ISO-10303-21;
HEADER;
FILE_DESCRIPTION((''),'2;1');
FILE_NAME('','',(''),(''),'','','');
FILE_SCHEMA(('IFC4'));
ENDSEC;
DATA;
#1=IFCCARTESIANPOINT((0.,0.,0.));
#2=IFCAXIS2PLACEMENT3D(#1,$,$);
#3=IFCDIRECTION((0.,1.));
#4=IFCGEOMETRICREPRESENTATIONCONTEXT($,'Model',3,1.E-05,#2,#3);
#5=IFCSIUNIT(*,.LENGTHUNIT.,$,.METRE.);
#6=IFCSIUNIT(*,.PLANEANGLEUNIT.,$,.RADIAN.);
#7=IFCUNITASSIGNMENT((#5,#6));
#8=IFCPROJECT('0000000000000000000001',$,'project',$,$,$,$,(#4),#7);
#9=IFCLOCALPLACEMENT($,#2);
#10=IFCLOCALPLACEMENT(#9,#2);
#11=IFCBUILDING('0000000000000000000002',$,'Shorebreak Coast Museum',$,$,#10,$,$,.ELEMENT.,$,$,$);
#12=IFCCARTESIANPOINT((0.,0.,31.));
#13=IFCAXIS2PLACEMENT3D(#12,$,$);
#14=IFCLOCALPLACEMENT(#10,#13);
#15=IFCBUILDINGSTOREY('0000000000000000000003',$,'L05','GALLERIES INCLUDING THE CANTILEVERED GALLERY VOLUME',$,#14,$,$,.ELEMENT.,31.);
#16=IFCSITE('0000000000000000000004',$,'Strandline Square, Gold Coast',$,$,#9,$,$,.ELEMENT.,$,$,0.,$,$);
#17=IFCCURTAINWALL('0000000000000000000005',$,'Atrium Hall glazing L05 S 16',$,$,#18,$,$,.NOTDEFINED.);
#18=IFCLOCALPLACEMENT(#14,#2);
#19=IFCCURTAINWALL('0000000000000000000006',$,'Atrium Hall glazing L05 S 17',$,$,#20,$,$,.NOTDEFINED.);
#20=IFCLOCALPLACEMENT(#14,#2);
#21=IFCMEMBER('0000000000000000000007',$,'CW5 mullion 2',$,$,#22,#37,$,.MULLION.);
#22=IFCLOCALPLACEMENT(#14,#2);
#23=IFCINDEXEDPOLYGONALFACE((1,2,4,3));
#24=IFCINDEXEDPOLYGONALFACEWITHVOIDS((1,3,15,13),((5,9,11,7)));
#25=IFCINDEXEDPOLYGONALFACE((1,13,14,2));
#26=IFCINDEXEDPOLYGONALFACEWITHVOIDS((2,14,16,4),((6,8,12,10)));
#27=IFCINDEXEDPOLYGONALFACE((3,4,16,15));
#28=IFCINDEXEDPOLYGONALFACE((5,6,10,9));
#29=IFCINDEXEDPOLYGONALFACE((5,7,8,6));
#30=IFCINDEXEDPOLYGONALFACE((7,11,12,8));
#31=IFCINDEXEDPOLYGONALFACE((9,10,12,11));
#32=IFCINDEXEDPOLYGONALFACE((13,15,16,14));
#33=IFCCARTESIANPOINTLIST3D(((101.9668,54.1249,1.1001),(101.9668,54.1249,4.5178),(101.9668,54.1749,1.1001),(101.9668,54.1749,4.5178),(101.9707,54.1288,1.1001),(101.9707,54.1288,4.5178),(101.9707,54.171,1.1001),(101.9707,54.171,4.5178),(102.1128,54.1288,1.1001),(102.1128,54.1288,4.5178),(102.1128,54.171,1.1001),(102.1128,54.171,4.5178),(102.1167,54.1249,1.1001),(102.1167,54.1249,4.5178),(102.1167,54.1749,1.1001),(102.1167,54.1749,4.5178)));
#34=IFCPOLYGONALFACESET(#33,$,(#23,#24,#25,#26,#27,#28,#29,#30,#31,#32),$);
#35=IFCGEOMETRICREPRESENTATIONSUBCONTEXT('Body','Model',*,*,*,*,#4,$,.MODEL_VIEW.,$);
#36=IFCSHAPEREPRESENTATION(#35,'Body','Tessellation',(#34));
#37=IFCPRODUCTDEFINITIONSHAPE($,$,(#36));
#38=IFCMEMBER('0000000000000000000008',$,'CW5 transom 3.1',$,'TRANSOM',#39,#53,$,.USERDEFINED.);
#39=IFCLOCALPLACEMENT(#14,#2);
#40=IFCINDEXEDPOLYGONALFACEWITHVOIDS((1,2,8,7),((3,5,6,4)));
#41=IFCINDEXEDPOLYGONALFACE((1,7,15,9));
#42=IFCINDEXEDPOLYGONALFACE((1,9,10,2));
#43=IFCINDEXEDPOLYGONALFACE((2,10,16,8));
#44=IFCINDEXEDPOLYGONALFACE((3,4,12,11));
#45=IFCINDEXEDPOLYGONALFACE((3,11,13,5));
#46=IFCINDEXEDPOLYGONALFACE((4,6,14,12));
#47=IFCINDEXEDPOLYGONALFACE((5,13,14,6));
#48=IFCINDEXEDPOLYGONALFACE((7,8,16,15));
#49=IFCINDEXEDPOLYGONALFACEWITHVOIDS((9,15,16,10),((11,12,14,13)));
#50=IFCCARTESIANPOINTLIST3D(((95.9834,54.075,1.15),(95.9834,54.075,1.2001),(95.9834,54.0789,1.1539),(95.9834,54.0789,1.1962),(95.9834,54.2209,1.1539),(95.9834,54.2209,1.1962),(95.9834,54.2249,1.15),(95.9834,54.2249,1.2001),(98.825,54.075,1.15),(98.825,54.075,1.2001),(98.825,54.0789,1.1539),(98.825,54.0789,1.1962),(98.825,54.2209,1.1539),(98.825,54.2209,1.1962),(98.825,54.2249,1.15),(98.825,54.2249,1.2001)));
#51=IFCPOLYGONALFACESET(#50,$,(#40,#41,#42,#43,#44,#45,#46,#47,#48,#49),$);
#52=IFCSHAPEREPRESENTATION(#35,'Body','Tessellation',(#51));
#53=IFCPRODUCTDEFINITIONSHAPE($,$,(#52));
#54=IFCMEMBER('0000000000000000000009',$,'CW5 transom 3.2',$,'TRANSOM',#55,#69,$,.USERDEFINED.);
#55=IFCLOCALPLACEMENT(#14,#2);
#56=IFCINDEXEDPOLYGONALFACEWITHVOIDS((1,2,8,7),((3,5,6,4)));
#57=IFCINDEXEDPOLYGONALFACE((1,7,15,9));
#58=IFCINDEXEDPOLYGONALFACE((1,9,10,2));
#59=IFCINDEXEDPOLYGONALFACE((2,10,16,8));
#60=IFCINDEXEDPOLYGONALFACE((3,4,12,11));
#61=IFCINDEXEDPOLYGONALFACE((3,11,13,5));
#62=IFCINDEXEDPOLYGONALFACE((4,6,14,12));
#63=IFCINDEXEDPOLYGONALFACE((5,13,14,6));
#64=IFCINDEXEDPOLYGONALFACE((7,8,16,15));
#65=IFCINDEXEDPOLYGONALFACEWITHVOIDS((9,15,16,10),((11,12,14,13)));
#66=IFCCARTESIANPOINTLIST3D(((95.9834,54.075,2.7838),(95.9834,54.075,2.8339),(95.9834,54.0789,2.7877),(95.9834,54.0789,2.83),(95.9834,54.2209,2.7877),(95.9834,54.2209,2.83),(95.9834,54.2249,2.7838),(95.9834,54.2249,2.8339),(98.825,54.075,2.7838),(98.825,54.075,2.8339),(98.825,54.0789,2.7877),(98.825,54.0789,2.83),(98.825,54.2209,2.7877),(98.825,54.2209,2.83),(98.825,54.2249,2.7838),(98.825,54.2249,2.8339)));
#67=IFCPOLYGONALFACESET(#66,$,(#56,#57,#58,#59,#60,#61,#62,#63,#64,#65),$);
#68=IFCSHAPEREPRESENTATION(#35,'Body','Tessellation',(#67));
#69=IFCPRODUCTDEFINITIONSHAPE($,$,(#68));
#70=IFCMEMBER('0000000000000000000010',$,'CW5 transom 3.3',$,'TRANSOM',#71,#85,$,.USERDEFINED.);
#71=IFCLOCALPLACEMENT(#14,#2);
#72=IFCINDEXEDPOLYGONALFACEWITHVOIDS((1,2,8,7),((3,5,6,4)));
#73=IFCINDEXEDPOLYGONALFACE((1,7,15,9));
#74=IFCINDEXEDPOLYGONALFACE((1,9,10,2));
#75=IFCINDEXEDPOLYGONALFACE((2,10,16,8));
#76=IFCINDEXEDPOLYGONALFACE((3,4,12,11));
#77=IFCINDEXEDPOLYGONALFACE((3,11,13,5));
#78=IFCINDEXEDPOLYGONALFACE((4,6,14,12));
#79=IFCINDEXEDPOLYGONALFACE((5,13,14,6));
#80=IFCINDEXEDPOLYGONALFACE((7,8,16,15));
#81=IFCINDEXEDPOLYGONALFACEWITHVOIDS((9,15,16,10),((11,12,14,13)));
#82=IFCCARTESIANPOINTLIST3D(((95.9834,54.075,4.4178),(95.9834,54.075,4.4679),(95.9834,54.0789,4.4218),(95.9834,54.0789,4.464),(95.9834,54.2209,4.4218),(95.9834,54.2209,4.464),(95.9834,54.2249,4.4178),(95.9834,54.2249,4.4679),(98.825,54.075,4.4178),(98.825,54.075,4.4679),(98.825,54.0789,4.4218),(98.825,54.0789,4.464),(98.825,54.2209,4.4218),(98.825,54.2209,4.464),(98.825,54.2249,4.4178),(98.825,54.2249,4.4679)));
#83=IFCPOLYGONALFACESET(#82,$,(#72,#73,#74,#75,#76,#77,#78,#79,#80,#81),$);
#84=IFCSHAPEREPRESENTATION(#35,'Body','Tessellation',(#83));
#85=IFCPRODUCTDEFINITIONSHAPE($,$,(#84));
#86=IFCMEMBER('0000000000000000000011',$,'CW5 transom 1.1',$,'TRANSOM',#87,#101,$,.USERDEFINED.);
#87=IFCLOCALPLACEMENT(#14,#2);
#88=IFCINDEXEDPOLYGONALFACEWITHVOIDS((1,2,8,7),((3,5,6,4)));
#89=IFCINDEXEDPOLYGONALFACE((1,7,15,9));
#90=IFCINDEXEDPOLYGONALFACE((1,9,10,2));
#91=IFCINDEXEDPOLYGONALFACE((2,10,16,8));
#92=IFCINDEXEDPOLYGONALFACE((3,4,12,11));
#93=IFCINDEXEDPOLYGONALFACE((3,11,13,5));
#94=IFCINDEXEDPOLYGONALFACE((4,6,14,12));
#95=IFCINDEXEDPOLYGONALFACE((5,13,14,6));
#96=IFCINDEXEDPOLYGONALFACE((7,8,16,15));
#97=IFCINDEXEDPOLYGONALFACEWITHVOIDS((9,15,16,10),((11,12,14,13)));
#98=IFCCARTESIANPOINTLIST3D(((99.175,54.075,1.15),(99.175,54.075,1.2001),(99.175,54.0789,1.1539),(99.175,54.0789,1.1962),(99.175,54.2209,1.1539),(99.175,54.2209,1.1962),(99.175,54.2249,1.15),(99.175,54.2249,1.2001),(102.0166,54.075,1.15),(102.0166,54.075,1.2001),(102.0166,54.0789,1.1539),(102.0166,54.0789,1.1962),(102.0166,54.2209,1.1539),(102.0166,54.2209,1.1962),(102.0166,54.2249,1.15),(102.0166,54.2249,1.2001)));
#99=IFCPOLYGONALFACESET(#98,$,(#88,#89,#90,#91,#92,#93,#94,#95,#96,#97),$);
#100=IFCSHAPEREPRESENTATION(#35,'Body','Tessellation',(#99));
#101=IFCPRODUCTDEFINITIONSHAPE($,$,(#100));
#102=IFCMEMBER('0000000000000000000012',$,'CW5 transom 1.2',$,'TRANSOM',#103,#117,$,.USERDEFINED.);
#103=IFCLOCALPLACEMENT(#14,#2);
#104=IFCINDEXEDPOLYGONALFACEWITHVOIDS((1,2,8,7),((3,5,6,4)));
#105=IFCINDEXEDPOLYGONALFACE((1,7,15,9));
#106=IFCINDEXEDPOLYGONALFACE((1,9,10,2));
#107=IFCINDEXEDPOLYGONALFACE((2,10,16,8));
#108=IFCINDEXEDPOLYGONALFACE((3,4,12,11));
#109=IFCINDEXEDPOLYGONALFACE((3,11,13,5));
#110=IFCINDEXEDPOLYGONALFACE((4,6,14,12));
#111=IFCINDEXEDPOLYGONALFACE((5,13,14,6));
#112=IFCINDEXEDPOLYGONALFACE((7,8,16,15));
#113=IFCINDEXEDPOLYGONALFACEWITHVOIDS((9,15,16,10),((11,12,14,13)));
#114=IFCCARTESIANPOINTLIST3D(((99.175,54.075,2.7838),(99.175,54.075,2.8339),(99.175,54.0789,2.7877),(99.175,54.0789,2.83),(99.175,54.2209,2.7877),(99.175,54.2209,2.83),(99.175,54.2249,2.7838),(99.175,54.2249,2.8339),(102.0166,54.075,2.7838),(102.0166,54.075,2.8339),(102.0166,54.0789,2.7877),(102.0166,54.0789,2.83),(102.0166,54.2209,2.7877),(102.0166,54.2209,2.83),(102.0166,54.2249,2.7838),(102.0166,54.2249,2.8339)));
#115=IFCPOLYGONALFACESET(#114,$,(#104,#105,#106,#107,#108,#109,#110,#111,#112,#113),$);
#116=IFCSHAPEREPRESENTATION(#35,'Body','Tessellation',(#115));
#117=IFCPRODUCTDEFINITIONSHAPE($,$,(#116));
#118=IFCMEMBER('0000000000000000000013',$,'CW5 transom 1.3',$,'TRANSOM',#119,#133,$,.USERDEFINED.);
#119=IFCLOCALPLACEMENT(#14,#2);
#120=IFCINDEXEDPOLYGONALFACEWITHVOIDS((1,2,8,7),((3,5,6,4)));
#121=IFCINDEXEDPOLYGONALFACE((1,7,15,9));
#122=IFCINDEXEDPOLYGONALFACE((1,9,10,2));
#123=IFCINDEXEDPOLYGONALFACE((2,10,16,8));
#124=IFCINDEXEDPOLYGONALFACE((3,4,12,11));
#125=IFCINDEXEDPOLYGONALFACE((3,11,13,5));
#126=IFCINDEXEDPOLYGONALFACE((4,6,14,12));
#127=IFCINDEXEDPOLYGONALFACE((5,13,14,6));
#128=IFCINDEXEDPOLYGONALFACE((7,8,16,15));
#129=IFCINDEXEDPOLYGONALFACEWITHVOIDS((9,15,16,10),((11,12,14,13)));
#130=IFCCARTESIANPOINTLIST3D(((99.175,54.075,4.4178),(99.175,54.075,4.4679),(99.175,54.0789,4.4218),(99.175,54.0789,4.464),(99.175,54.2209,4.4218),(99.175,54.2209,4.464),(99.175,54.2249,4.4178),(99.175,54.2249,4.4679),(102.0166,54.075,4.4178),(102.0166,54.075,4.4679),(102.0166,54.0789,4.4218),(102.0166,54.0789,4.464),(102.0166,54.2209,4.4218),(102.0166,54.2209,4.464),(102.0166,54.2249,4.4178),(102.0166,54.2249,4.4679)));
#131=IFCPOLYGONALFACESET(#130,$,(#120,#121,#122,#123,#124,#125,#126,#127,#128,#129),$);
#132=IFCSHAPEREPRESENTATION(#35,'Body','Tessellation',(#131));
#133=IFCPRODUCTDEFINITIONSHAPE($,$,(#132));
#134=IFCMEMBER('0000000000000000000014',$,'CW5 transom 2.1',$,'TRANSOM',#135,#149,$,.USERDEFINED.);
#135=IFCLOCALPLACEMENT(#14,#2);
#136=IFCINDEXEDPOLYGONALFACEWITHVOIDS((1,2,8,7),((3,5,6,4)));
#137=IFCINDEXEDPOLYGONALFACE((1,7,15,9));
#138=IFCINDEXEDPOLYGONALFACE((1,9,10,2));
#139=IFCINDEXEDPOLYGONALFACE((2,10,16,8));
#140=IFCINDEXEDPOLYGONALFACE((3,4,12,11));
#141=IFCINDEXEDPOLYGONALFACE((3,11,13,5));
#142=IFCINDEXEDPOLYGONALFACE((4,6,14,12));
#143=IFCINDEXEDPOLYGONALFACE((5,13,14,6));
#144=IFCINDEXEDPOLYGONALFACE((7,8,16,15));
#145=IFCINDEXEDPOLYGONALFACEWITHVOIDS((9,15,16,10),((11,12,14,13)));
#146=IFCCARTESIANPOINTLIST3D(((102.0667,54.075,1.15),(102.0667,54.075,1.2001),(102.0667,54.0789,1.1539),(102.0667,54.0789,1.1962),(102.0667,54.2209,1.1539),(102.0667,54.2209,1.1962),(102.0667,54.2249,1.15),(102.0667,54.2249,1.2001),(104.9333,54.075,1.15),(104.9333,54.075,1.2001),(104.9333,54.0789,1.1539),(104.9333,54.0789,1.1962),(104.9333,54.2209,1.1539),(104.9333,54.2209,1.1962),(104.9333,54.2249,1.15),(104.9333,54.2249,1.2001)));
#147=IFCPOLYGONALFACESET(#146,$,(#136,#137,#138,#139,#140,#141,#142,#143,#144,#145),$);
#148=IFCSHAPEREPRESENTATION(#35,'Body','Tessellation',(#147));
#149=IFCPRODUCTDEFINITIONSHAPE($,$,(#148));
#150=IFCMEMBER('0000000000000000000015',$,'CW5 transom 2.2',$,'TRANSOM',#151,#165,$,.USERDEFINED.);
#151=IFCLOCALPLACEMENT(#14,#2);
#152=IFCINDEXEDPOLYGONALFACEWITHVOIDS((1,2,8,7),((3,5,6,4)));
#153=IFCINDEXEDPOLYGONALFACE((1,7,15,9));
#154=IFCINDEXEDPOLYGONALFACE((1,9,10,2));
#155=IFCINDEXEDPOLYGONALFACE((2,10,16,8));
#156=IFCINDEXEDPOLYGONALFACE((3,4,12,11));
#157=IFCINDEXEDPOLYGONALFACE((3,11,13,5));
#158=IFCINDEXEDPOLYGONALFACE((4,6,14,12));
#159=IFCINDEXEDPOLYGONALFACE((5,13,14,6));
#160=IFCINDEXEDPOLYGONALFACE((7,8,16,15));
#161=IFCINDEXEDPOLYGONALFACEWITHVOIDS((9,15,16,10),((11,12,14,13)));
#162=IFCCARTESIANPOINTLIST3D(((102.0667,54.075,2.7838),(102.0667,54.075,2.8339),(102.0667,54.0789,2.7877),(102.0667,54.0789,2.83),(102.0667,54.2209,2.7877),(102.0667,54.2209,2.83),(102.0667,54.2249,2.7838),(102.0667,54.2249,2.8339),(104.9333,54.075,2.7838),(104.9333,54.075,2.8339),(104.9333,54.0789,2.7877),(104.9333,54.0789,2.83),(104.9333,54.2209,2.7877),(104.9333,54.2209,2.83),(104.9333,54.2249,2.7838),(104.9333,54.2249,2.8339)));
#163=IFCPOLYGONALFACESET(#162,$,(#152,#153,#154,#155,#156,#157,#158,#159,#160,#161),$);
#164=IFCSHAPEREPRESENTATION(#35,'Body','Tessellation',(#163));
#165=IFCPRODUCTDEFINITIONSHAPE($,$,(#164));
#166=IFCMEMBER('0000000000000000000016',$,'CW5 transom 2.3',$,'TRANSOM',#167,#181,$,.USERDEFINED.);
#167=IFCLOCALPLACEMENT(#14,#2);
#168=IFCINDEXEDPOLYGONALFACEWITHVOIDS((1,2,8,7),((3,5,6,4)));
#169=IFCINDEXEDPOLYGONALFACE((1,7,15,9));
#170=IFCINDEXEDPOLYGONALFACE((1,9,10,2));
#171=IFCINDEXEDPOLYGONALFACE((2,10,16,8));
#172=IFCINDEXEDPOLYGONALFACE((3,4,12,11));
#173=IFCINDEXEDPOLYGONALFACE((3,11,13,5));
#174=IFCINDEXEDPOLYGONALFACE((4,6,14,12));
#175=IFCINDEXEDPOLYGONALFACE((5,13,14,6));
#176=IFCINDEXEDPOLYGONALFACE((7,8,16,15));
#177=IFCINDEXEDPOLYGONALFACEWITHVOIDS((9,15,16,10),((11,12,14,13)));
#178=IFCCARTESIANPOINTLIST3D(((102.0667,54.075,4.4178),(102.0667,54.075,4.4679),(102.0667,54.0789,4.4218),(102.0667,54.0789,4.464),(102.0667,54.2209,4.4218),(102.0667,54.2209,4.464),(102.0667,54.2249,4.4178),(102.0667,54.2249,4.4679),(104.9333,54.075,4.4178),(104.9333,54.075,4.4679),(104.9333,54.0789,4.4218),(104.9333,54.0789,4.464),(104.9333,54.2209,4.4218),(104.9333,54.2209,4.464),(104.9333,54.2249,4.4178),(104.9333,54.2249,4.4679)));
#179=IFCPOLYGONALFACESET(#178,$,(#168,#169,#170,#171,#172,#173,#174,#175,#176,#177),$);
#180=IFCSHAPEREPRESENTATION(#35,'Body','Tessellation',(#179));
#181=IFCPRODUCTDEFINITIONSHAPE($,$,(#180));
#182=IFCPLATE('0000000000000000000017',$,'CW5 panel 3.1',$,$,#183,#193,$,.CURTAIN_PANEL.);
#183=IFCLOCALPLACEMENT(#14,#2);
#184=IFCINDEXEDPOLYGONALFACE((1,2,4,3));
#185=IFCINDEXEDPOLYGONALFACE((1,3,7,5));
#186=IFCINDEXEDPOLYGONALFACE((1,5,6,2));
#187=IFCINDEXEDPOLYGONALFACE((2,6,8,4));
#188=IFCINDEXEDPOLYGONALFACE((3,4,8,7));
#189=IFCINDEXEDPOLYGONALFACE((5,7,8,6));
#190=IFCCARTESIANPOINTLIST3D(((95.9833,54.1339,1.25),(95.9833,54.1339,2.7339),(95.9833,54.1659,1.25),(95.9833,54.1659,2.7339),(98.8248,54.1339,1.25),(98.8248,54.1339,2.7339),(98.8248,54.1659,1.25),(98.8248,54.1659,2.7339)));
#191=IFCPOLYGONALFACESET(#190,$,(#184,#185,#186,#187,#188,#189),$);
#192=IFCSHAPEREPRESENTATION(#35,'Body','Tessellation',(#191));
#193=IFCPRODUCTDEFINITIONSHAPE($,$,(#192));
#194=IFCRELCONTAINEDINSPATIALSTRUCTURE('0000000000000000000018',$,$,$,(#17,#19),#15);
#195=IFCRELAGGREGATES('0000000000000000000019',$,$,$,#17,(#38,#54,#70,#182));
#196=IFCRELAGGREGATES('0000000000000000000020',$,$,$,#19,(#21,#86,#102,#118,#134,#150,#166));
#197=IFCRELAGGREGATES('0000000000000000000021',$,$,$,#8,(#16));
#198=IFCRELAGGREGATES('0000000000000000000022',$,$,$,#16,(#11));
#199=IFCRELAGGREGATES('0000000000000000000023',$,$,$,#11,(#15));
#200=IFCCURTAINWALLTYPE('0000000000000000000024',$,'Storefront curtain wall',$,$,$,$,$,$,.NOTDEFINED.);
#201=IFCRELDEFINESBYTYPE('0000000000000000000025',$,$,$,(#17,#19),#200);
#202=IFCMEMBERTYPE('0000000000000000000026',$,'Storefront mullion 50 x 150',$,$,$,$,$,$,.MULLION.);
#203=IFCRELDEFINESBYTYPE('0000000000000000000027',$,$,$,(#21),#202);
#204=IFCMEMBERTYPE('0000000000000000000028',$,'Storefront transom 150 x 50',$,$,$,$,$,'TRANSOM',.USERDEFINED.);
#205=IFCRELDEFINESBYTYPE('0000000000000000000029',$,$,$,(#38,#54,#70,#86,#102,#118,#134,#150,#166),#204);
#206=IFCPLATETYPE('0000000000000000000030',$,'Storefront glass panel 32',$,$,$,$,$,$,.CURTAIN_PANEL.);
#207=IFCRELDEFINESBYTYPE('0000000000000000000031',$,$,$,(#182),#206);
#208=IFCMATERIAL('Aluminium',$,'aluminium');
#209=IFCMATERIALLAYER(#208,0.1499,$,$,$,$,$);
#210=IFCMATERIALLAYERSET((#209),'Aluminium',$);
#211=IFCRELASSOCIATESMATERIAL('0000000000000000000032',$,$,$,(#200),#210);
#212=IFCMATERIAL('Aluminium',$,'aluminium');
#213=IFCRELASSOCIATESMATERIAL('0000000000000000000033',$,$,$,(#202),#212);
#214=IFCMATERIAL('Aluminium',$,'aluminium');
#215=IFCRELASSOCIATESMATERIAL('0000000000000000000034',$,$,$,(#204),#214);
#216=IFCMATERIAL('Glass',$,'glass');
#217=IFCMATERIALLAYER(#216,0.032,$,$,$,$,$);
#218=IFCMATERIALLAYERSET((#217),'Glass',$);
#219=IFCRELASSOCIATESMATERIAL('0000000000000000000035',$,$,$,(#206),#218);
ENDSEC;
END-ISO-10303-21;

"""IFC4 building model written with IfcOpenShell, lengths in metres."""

from ifc_helpers import new_model, si_unit, direction, frame, origin, origin_2d, place, context, subcontext, project, spatial, rectangle, hollow_rectangle, extrude, material, layer, layer_set, material_profile, profile_set, type_object, element, aggregate, save


model = new_model("IFC4")

# Units and contexts
model_context = context("Model", 3, precision=1e-05, world=origin(), true_north=direction((0.0, 1.0)))
body_context = subcontext(model_context, "Body", "Model", "MODEL_VIEW")
ifc_project = project(units=[si_unit("LENGTHUNIT", "METRE"), si_unit("PLANEANGLEUNIT", "RADIAN")], contexts=[model_context])

# Site, building, storey
site_placement = place(None, origin())
site = spatial("IfcSite", under=ifc_project, at=site_placement, Name="Strandline Square, Gold Coast", CompositionType="ELEMENT", RefElevation=0.0)
building_placement = place(site_placement, origin())
building = spatial("IfcBuilding", under=site, at=building_placement, Name="Shorebreak Coast Museum", CompositionType="ELEMENT")
storey_placement = place(building_placement, frame((0.0, 0.0, 31.0)))
storey = spatial("IfcBuildingStorey", under=building, at=storey_placement, Name="L05", Description="GALLERIES INCLUDING THE CANTILEVERED GALLERY VOLUME", CompositionType="ELEMENT", Elevation=31.0)

# Curtain walls, member
ifc_material_1 = material(Name="Aluminium", Category="aluminium")
ifc_layer_1 = layer(ifc_material_1, 0.1499)
ifc_layer_set_1 = layer_set([ifc_layer_1], Name="Aluminium")
curtain_wall_type_1 = type_object("IfcCurtainWallType", Name="Storefront curtain wall", PredefinedType="NOTDEFINED", material=ifc_layer_set_1)
curtain_wall_1_placement = place(storey_placement, origin())
curtain_wall_1 = element("IfcCurtainWall", 1, at=curtain_wall_1_placement, inside=storey, type_object=curtain_wall_type_1, Name="Atrium Hall glazing L05 S 16", PredefinedType="NOTDEFINED")
ifc_material_2 = material(Name="Aluminium", Category="aluminium")
ifc_material_profile_1 = material_profile(ifc_material_2, hollow_rectangle(XDim=0.05, YDim=0.1499, WallThickness=0.0039, at=origin_2d()), Name="AL 150x50 RHS")
ifc_profile_set_1 = profile_set([ifc_material_profile_1], Name="Aluminium")
member_type_1 = type_object("IfcMemberType", Name="Storefront mullion 50 x 150", PredefinedType="MULLION", material=ifc_profile_set_1)
curtain_wall_2_placement = place(storey_placement, origin())
curtain_wall_2 = element("IfcCurtainWall", 2, at=curtain_wall_2_placement, inside=storey, type_object=curtain_wall_type_1, Name="Atrium Hall glazing L05 S 17", PredefinedType="NOTDEFINED")
member_1_placement = place(storey_placement, frame((102.0417, 54.1499, 1.1001), z_axis=(0.0, 0.0, 1.0), x_axis=(0.0, 1.0, 0.0)))
member_1 = element("IfcMember", 3, at=member_1_placement, type_object=member_type_1, Name="CW5 mullion 2", PredefinedType="MULLION", context=body_context, shape_type="SweptSolid", body=[
    extrude(hollow_rectangle(XDim=0.05, YDim=0.1499, WallThickness=0.0039, at=origin_2d()), origin(), (0.0, 0.0, 1.0), 3.4177),
])

# Members
ifc_material_3 = material(Name="Aluminium", Category="aluminium")
ifc_material_profile_2 = material_profile(ifc_material_3, hollow_rectangle(XDim=0.1499, YDim=0.05, WallThickness=0.0039, at=origin_2d()), Name="AL 50x150 RHS")
ifc_profile_set_2 = profile_set([ifc_material_profile_2], Name="Aluminium")
member_type_2 = type_object("IfcMemberType", Name="Storefront transom 150 x 50", ElementType="TRANSOM", PredefinedType="USERDEFINED", material=ifc_profile_set_2)
member_2_placement = place(storey_placement, frame((95.9834, 54.1499, 1.175), z_axis=(1.0, 0.0, 0.0), x_axis=(0.0, 1.0, 0.0)))
member_2 = element("IfcMember", 4, at=member_2_placement, type_object=member_type_2, Name="CW5 transom 3.1", ObjectType="TRANSOM", PredefinedType="USERDEFINED", context=body_context, shape_type="SweptSolid", body=[
    extrude(hollow_rectangle(XDim=0.1499, YDim=0.05, WallThickness=0.0039, at=origin_2d()), origin(), (0.0, 0.0, 1.0), 2.8416),
])
member_3_placement = place(storey_placement, frame((95.9834, 54.1499, 2.8088), z_axis=(1.0, 0.0, 0.0), x_axis=(0.0, 1.0, 0.0)))
member_3 = element("IfcMember", 5, at=member_3_placement, type_object=member_type_2, Name="CW5 transom 3.2", ObjectType="TRANSOM", PredefinedType="USERDEFINED", context=body_context, shape_type="SweptSolid", body=[
    extrude(hollow_rectangle(XDim=0.1499, YDim=0.05, WallThickness=0.0039, at=origin_2d()), origin(), (0.0, 0.0, 1.0), 2.8416),
])
member_4_placement = place(storey_placement, frame((95.9834, 54.1499, 4.4429), z_axis=(1.0, 0.0, 0.0), x_axis=(0.0, 1.0, 0.0)))
member_4 = element("IfcMember", 6, at=member_4_placement, type_object=member_type_2, Name="CW5 transom 3.3", ObjectType="TRANSOM", PredefinedType="USERDEFINED", context=body_context, shape_type="SweptSolid", body=[
    extrude(hollow_rectangle(XDim=0.1499, YDim=0.05, WallThickness=0.0039, at=origin_2d()), origin(), (0.0, 0.0, 1.0), 2.8416),
])
member_5_placement = place(storey_placement, frame((99.175, 54.1499, 1.175), z_axis=(1.0, 0.0, 0.0), x_axis=(0.0, 1.0, 0.0)))
member_5 = element("IfcMember", 7, at=member_5_placement, type_object=member_type_2, Name="CW5 transom 1.1", ObjectType="TRANSOM", PredefinedType="USERDEFINED", context=body_context, shape_type="SweptSolid", body=[
    extrude(hollow_rectangle(XDim=0.1499, YDim=0.05, WallThickness=0.0039, at=origin_2d()), origin(), (0.0, 0.0, 1.0), 2.8416),
])
member_6_placement = place(storey_placement, frame((99.175, 54.1499, 2.8088), z_axis=(1.0, 0.0, 0.0), x_axis=(0.0, 1.0, 0.0)))
member_6 = element("IfcMember", 8, at=member_6_placement, type_object=member_type_2, Name="CW5 transom 1.2", ObjectType="TRANSOM", PredefinedType="USERDEFINED", context=body_context, shape_type="SweptSolid", body=[
    extrude(hollow_rectangle(XDim=0.1499, YDim=0.05, WallThickness=0.0039, at=origin_2d()), origin(), (0.0, 0.0, 1.0), 2.8416),
])
member_7_placement = place(storey_placement, frame((99.175, 54.1499, 4.4429), z_axis=(1.0, 0.0, 0.0), x_axis=(0.0, 1.0, 0.0)))
member_7 = element("IfcMember", 9, at=member_7_placement, type_object=member_type_2, Name="CW5 transom 1.3", ObjectType="TRANSOM", PredefinedType="USERDEFINED", context=body_context, shape_type="SweptSolid", body=[
    extrude(hollow_rectangle(XDim=0.1499, YDim=0.05, WallThickness=0.0039, at=origin_2d()), origin(), (0.0, 0.0, 1.0), 2.8416),
])
member_8_placement = place(storey_placement, frame((102.0667, 54.1499, 1.175), z_axis=(1.0, 0.0, 0.0), x_axis=(0.0, 1.0, 0.0)))
member_8 = element("IfcMember", 10, at=member_8_placement, type_object=member_type_2, Name="CW5 transom 2.1", ObjectType="TRANSOM", PredefinedType="USERDEFINED", context=body_context, shape_type="SweptSolid", body=[
    extrude(hollow_rectangle(XDim=0.1499, YDim=0.05, WallThickness=0.0039, at=origin_2d()), origin(), (0.0, 0.0, 1.0), 2.8667),
])
member_9_placement = place(storey_placement, frame((102.0667, 54.1499, 2.8088), z_axis=(1.0, 0.0, 0.0), x_axis=(0.0, 1.0, 0.0)))
member_9 = element("IfcMember", 11, at=member_9_placement, type_object=member_type_2, Name="CW5 transom 2.2", ObjectType="TRANSOM", PredefinedType="USERDEFINED", context=body_context, shape_type="SweptSolid", body=[
    extrude(hollow_rectangle(XDim=0.1499, YDim=0.05, WallThickness=0.0039, at=origin_2d()), origin(), (0.0, 0.0, 1.0), 2.8667),
])
member_10_placement = place(storey_placement, frame((102.0667, 54.1499, 4.4429), z_axis=(1.0, 0.0, 0.0), x_axis=(0.0, 1.0, 0.0)))
member_10 = element("IfcMember", 12, at=member_10_placement, type_object=member_type_2, Name="CW5 transom 2.3", ObjectType="TRANSOM", PredefinedType="USERDEFINED", context=body_context, shape_type="SweptSolid", body=[
    extrude(hollow_rectangle(XDim=0.1499, YDim=0.05, WallThickness=0.0039, at=origin_2d()), origin(), (0.0, 0.0, 1.0), 2.8667),
])

# Plate
ifc_material_4 = material(Name="Glass", Category="glass")
ifc_layer_2 = layer(ifc_material_4, 0.032)
ifc_layer_set_2 = layer_set([ifc_layer_2], Name="Glass")
plate_type = type_object("IfcPlateType", Name="Storefront glass panel 32", PredefinedType="CURTAIN_PANEL", material=ifc_layer_set_2)
plate_1_placement = place(storey_placement, frame((97.4041, 54.1499, 1.25), z_axis=(0.0, 0.0, 1.0), x_axis=(1.0, 0.0, 0.0)))
plate_1 = element("IfcPlate", 13, at=plate_1_placement, type_object=plate_type, Name="CW5 panel 3.1", PredefinedType="CURTAIN_PANEL", context=body_context, shape_type="SweptSolid", body=[
    extrude(rectangle(XDim=2.8416, YDim=0.032, at=origin_2d()), origin(), (0.0, 0.0, 1.0), 1.4839),
])
aggregate(curtain_wall_1, [member_2, member_3, member_4, plate_1])
aggregate(curtain_wall_2, [member_1, member_5, member_6, member_7, member_8, member_9, member_10])

save(model, "model.ifc")
